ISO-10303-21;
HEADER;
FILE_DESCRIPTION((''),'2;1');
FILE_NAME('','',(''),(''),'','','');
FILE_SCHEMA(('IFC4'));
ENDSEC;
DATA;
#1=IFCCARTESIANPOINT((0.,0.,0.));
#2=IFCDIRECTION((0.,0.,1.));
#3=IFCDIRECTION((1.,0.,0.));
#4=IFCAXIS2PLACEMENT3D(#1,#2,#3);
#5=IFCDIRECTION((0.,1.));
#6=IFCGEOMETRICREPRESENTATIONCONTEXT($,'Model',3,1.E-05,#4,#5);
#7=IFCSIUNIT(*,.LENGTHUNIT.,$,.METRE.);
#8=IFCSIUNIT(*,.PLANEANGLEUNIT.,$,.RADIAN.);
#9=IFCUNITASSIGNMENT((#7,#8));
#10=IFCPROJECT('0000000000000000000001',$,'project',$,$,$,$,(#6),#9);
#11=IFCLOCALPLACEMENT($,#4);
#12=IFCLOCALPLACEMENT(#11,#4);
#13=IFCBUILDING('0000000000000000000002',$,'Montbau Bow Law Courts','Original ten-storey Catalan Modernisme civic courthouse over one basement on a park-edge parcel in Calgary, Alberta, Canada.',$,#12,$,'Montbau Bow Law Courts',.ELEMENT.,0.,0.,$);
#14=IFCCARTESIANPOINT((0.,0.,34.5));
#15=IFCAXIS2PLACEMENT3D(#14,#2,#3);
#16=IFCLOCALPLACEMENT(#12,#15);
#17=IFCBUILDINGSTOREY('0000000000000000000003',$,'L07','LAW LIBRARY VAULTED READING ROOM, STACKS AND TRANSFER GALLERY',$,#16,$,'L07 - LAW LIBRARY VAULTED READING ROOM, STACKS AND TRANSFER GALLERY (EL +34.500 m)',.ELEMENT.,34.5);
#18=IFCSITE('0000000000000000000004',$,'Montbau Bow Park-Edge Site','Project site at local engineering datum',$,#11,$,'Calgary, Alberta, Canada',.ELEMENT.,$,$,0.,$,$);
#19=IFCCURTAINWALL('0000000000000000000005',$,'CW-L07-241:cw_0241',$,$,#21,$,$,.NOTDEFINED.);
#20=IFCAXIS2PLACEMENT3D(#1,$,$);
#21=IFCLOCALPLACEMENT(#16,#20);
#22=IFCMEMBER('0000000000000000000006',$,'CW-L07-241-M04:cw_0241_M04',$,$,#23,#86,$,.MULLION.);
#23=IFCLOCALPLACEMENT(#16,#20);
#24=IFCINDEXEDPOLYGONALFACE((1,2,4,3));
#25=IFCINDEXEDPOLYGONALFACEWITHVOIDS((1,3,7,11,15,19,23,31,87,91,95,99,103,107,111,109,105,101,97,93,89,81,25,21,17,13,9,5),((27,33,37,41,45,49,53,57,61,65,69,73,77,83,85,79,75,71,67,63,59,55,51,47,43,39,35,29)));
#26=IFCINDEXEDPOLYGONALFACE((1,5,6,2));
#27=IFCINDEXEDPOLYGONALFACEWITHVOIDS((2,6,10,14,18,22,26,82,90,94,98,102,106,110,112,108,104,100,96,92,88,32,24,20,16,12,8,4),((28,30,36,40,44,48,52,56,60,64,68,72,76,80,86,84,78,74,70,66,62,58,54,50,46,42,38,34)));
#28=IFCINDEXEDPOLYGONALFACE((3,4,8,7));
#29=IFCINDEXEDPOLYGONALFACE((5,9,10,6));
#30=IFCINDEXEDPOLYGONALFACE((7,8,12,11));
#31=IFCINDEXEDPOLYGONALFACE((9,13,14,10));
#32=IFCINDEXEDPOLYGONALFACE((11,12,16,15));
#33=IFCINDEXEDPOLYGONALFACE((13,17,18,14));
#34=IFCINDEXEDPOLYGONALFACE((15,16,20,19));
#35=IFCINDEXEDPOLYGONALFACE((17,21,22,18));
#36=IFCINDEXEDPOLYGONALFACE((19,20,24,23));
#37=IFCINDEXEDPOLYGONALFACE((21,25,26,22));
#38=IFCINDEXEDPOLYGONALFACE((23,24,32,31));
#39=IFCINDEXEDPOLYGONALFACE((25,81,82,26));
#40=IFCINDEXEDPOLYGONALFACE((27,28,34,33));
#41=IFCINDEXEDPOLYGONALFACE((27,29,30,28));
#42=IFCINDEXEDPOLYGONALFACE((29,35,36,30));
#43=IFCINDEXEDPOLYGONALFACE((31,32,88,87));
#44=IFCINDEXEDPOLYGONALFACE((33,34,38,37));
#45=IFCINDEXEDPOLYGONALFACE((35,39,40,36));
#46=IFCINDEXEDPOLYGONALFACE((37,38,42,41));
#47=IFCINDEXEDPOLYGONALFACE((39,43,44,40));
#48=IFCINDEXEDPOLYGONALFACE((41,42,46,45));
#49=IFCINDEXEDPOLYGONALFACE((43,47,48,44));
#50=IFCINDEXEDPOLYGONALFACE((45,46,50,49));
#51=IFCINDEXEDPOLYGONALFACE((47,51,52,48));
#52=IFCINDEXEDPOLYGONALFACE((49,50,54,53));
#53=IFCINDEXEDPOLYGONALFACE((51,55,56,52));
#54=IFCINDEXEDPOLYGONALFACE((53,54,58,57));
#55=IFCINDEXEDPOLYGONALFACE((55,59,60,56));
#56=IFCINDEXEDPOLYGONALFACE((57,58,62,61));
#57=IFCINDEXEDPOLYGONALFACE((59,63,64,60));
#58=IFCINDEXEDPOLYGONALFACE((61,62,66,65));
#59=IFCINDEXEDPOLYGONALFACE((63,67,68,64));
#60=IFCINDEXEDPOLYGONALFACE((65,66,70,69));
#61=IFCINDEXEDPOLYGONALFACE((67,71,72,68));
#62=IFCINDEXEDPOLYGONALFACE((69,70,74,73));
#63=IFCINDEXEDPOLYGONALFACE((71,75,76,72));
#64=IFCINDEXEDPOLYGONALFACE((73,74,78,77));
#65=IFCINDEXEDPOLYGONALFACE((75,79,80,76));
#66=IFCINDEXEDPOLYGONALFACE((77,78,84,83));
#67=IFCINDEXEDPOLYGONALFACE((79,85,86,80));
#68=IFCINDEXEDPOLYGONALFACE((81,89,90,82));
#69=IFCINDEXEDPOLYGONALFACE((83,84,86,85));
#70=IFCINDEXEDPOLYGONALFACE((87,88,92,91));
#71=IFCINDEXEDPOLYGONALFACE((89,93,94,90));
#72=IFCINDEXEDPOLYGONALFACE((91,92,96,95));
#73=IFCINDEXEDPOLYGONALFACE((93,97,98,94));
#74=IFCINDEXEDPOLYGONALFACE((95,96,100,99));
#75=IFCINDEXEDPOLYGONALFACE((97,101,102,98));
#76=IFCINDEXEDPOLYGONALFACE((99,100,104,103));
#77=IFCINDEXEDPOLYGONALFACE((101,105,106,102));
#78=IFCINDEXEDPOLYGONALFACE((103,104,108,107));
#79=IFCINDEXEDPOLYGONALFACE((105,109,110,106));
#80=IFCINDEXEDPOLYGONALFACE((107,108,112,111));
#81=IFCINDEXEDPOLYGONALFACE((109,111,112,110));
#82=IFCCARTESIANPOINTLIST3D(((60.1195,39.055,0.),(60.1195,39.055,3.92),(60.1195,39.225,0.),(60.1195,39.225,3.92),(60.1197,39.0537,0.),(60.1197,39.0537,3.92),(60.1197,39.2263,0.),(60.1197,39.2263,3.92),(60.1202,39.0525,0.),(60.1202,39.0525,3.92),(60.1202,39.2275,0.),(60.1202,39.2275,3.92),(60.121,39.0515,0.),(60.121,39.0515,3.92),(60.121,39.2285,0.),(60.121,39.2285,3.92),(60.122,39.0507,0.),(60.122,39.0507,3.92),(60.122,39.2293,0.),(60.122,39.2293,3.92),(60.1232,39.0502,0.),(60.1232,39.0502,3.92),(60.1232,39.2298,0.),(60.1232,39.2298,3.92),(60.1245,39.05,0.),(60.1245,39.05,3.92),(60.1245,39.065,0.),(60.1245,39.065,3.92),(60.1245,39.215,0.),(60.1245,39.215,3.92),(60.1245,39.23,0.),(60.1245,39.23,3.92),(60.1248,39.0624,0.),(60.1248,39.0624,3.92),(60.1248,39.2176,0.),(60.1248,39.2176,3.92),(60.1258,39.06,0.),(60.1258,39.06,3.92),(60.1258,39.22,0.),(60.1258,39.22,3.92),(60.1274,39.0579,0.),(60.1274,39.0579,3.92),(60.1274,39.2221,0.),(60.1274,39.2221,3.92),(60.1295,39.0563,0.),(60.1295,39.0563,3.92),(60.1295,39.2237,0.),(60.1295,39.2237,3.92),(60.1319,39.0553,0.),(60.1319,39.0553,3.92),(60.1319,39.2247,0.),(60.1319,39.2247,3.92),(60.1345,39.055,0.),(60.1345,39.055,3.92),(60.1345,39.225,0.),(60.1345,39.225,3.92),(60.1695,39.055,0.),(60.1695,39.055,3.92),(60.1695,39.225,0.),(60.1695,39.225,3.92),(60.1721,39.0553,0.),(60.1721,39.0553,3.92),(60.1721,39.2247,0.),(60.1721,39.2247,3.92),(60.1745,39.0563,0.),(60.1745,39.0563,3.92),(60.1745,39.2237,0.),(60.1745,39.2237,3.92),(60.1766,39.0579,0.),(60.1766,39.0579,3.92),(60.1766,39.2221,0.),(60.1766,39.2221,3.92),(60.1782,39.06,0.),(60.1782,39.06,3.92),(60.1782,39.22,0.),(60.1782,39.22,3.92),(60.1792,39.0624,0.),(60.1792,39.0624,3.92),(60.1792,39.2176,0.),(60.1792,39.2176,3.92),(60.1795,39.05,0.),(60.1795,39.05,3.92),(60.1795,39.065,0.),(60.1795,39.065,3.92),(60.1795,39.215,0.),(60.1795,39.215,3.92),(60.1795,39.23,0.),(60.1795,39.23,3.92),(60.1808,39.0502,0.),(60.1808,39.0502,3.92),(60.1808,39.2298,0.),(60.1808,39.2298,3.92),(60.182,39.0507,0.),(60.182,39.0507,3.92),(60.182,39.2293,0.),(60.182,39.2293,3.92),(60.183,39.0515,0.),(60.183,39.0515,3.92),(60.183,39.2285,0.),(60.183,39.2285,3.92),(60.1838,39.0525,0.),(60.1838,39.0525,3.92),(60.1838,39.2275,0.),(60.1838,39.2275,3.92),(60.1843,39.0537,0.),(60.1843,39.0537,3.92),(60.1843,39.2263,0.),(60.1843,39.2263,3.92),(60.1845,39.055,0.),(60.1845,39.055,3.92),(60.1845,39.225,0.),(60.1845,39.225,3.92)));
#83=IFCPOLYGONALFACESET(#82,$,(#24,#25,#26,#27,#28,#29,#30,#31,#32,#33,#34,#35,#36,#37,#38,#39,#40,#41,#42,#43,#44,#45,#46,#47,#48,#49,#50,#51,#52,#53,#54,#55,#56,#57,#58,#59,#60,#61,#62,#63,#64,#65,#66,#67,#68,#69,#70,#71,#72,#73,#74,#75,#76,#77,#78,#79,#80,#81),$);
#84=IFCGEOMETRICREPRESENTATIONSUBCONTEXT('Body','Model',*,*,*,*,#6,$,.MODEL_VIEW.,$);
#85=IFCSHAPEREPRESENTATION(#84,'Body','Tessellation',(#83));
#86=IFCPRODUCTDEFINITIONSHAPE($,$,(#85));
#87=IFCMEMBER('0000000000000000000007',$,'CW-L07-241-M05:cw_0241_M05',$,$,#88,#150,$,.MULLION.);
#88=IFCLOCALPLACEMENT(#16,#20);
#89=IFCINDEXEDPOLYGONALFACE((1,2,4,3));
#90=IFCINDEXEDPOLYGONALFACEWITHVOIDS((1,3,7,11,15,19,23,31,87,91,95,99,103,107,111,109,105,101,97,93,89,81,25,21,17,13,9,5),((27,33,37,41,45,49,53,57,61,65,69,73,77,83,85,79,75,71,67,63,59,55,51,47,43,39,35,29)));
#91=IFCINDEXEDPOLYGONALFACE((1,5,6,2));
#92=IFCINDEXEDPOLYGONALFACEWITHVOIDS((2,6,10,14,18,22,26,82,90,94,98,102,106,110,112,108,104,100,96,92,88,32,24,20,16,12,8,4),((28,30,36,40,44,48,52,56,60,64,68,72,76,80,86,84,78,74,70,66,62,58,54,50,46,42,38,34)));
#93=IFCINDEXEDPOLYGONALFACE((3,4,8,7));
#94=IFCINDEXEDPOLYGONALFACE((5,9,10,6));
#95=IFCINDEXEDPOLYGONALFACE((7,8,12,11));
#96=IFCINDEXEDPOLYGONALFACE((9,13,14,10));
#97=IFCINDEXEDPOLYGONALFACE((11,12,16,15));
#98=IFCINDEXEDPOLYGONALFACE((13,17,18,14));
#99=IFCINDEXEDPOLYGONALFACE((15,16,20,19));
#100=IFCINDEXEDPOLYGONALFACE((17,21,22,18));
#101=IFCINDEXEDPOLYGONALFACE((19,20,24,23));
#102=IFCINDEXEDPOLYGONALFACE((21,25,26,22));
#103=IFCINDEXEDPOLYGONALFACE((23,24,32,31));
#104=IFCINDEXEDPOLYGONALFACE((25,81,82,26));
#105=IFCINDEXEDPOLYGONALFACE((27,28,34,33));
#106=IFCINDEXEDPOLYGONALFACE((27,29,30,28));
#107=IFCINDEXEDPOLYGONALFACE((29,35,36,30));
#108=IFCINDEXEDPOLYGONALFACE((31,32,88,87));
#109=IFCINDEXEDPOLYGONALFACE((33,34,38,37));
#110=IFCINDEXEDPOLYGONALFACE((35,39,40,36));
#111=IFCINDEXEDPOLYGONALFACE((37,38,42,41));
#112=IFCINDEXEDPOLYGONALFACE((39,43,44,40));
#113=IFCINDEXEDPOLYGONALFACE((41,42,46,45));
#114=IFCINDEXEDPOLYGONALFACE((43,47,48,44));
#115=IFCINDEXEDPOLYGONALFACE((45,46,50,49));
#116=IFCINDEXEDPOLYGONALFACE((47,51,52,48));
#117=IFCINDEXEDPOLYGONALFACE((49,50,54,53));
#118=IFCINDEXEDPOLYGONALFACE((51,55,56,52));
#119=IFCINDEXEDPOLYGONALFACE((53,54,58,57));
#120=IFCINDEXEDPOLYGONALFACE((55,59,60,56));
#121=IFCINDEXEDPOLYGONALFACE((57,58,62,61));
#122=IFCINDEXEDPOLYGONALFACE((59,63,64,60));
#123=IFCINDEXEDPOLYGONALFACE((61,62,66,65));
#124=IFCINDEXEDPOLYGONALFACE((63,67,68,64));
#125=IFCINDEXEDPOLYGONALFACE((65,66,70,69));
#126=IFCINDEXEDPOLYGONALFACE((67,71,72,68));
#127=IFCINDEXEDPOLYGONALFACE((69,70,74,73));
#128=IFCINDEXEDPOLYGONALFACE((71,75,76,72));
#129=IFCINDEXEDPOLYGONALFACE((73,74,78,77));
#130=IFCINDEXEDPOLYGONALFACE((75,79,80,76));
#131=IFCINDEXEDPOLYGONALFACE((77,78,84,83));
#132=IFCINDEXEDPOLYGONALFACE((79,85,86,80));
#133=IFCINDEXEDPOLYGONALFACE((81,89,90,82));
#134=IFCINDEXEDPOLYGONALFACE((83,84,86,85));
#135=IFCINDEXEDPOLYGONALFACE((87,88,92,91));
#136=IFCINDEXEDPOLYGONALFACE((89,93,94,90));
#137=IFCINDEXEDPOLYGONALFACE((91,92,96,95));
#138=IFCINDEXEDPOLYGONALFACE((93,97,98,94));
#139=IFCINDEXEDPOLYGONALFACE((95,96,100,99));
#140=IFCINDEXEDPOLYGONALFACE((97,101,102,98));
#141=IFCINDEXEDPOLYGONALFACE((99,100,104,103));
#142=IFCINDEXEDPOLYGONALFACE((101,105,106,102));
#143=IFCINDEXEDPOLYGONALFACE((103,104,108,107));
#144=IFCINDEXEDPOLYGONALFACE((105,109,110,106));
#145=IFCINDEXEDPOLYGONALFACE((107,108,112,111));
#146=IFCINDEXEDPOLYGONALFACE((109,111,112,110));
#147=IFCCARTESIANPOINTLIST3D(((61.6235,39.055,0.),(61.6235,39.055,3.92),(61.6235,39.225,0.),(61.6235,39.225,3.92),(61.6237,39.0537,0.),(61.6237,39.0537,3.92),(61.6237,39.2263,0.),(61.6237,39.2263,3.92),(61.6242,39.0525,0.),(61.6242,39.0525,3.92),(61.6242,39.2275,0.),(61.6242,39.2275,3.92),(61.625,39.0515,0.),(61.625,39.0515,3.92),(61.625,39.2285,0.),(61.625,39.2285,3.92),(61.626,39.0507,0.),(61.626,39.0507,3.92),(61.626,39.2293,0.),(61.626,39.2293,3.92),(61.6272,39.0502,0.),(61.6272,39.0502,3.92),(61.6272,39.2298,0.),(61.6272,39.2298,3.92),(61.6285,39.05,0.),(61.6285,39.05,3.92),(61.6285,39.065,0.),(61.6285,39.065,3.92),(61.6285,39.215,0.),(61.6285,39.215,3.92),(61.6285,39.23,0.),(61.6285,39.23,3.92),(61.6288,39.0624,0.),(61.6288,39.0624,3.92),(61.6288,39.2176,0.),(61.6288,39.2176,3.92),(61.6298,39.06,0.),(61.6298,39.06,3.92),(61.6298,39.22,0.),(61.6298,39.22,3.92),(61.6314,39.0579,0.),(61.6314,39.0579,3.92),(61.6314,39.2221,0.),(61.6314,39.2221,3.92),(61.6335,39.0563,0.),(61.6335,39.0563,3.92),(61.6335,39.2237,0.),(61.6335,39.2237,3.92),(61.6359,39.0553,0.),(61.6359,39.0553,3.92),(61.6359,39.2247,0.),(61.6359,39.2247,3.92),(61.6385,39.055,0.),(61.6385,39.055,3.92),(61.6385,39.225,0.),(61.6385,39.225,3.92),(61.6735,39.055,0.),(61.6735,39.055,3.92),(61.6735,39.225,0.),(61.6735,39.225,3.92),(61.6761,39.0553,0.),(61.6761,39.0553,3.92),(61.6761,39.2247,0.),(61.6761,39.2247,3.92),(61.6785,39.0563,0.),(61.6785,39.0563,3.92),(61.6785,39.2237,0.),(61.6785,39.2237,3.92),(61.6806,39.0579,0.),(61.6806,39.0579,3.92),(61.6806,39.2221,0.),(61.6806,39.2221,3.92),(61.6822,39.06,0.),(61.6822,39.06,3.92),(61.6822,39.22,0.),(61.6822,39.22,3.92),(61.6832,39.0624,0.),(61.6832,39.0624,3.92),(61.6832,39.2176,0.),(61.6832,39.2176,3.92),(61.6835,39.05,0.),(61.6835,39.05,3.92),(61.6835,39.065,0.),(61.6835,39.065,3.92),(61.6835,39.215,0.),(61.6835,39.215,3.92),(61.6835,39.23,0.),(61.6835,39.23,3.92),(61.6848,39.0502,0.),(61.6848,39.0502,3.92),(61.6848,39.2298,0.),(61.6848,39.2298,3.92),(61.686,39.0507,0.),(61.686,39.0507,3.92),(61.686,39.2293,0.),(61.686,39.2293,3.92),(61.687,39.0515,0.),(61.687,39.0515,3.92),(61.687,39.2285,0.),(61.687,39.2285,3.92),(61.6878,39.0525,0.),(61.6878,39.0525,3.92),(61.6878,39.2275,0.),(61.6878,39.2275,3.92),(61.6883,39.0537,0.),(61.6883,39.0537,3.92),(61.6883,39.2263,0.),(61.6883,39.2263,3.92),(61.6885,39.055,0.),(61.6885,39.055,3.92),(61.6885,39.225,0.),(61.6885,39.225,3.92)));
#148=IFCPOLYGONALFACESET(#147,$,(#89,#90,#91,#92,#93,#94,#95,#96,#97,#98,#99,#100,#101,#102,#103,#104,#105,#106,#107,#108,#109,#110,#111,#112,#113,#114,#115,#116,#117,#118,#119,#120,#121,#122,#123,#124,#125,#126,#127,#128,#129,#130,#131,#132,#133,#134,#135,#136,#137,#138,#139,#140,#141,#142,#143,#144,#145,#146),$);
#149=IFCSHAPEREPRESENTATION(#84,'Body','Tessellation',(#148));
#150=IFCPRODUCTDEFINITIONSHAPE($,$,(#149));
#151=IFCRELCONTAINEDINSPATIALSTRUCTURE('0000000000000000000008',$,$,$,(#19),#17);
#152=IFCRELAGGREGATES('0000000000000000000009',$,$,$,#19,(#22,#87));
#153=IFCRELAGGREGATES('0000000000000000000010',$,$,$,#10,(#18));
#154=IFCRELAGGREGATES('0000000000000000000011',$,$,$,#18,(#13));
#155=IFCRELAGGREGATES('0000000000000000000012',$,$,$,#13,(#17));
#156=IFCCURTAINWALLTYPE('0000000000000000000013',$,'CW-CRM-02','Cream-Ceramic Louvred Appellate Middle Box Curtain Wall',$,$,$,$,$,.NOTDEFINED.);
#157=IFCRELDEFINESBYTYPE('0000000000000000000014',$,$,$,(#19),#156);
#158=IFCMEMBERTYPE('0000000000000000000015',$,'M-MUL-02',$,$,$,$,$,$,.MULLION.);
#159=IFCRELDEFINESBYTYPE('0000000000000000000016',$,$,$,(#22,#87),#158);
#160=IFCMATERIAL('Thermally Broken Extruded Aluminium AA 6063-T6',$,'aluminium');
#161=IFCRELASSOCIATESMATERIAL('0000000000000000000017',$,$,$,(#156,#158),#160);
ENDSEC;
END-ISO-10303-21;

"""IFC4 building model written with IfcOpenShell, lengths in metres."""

from ifc_helpers import new_model, si_unit, direction, frame, origin_with_axes, origin_2d_with_axis, place, context, subcontext, project, spatial, hollow_rectangle, extrude, material, material_profile, profile_set, type_object, element, aggregate, save


model = new_model("IFC4")

# Units and contexts
model_context = context("Model", 3, precision=1e-05, world=origin_with_axes(), true_north=direction((0.0, 1.0)))
body_context = subcontext(model_context, "Body", "Model", "MODEL_VIEW")
ifc_project = project(units=[si_unit("LENGTHUNIT", "METRE"), si_unit("PLANEANGLEUNIT", "RADIAN")], contexts=[model_context])

# Site, building, storey
site_placement = place(None, origin_with_axes())
site = spatial("IfcSite", under=ifc_project, at=site_placement, Name="Montbau Bow Park-Edge Site", Description="Project site at local engineering datum", LongName="Calgary, Alberta, Canada", CompositionType="ELEMENT", RefElevation=0.0)
building_placement = place(site_placement, origin_with_axes())
building = spatial("IfcBuilding", under=site, at=building_placement, Name="Montbau Bow Law Courts", Description="Original ten-storey Catalan Modernisme civic courthouse over one basement on a park-edge parcel in Calgary, Alberta, Canada.", LongName="Montbau Bow Law Courts", CompositionType="ELEMENT", ElevationOfRefHeight=0.0, ElevationOfTerrain=0.0)
storey_placement = place(building_placement, frame((0.0, 0.0, 34.5), z_axis=(0.0, 0.0, 1.0), x_axis=(1.0, 0.0, 0.0)))
storey = spatial("IfcBuildingStorey", under=building, at=storey_placement, Name="L07", Description="LAW LIBRARY VAULTED READING ROOM, STACKS AND TRANSFER GALLERY", LongName="L07 - LAW LIBRARY VAULTED READING ROOM, STACKS AND TRANSFER GALLERY (EL +34.500 m)", CompositionType="ELEMENT", Elevation=34.5)

# Curtain wall, members
ifc_material_1 = material(Name="Thermally Broken Extruded Aluminium AA 6063-T6", Category="aluminium")
curtain_wall_type = type_object("IfcCurtainWallType", Name="CW-CRM-02", Description="Cream-Ceramic Louvred Appellate Middle Box Curtain Wall", PredefinedType="NOTDEFINED", material=ifc_material_1)
curtain_wall_1_placement = place(None, frame((55.64, 39.14, 34.5), z_axis=(0.0, 0.0, 1.0), x_axis=(1.0, 0.0, 0.0)))
curtain_wall_1 = element("IfcCurtainWall", 1, at=curtain_wall_1_placement, inside=storey, type_object=curtain_wall_type, Name="CW-L07-241:cw_0241", PredefinedType="NOTDEFINED")
ifc_material_profile_1 = material_profile(ifc_material_1, hollow_rectangle(XDim=0.065, YDim=0.18, WallThickness=0.005, InnerFilletRadius=0.01, OuterFilletRadius=0.005, at=origin_2d_with_axis()), Name="CWM-180X65", Category="Main", Priority=0)
ifc_profile_set_1 = profile_set([ifc_material_profile_1], Name="Thermally Broken Extruded Aluminium AA 6063-T6")
member_type_1 = type_object("IfcMemberType", Name="M-MUL-02", PredefinedType="MULLION", material=ifc_profile_set_1)
member_1_placement = place(None, frame((60.152, 39.14, 34.5), z_axis=(0.0, 0.0, 1.0), x_axis=(1.0, 0.0, 0.0)))
member_1 = element("IfcMember", 2, at=member_1_placement, type_object=member_type_1, Name="CW-L07-241-M04:cw_0241_M04", PredefinedType="MULLION", context=body_context, shape_type="SweptSolid", body=[
    extrude(hollow_rectangle(XDim=0.065, YDim=0.18, WallThickness=0.005, InnerFilletRadius=0.01, OuterFilletRadius=0.005, at=origin_2d_with_axis()), origin_with_axes(), (0.0, 0.0, 1.0), 3.92),
])
member_2_placement = place(None, frame((61.656, 39.14, 34.5), z_axis=(0.0, 0.0, 1.0), x_axis=(1.0, 0.0, 0.0)))
member_2 = element("IfcMember", 3, at=member_2_placement, type_object=member_type_1, Name="CW-L07-241-M05:cw_0241_M05", PredefinedType="MULLION", context=body_context, shape_type="SweptSolid", body=[
    extrude(hollow_rectangle(XDim=0.065, YDim=0.18, WallThickness=0.005, InnerFilletRadius=0.01, OuterFilletRadius=0.005, at=origin_2d_with_axis()), origin_with_axes(), (0.0, 0.0, 1.0), 3.92),
])

aggregate(curtain_wall_1, [member_1, member_2])

save(model, "model.ifc")
